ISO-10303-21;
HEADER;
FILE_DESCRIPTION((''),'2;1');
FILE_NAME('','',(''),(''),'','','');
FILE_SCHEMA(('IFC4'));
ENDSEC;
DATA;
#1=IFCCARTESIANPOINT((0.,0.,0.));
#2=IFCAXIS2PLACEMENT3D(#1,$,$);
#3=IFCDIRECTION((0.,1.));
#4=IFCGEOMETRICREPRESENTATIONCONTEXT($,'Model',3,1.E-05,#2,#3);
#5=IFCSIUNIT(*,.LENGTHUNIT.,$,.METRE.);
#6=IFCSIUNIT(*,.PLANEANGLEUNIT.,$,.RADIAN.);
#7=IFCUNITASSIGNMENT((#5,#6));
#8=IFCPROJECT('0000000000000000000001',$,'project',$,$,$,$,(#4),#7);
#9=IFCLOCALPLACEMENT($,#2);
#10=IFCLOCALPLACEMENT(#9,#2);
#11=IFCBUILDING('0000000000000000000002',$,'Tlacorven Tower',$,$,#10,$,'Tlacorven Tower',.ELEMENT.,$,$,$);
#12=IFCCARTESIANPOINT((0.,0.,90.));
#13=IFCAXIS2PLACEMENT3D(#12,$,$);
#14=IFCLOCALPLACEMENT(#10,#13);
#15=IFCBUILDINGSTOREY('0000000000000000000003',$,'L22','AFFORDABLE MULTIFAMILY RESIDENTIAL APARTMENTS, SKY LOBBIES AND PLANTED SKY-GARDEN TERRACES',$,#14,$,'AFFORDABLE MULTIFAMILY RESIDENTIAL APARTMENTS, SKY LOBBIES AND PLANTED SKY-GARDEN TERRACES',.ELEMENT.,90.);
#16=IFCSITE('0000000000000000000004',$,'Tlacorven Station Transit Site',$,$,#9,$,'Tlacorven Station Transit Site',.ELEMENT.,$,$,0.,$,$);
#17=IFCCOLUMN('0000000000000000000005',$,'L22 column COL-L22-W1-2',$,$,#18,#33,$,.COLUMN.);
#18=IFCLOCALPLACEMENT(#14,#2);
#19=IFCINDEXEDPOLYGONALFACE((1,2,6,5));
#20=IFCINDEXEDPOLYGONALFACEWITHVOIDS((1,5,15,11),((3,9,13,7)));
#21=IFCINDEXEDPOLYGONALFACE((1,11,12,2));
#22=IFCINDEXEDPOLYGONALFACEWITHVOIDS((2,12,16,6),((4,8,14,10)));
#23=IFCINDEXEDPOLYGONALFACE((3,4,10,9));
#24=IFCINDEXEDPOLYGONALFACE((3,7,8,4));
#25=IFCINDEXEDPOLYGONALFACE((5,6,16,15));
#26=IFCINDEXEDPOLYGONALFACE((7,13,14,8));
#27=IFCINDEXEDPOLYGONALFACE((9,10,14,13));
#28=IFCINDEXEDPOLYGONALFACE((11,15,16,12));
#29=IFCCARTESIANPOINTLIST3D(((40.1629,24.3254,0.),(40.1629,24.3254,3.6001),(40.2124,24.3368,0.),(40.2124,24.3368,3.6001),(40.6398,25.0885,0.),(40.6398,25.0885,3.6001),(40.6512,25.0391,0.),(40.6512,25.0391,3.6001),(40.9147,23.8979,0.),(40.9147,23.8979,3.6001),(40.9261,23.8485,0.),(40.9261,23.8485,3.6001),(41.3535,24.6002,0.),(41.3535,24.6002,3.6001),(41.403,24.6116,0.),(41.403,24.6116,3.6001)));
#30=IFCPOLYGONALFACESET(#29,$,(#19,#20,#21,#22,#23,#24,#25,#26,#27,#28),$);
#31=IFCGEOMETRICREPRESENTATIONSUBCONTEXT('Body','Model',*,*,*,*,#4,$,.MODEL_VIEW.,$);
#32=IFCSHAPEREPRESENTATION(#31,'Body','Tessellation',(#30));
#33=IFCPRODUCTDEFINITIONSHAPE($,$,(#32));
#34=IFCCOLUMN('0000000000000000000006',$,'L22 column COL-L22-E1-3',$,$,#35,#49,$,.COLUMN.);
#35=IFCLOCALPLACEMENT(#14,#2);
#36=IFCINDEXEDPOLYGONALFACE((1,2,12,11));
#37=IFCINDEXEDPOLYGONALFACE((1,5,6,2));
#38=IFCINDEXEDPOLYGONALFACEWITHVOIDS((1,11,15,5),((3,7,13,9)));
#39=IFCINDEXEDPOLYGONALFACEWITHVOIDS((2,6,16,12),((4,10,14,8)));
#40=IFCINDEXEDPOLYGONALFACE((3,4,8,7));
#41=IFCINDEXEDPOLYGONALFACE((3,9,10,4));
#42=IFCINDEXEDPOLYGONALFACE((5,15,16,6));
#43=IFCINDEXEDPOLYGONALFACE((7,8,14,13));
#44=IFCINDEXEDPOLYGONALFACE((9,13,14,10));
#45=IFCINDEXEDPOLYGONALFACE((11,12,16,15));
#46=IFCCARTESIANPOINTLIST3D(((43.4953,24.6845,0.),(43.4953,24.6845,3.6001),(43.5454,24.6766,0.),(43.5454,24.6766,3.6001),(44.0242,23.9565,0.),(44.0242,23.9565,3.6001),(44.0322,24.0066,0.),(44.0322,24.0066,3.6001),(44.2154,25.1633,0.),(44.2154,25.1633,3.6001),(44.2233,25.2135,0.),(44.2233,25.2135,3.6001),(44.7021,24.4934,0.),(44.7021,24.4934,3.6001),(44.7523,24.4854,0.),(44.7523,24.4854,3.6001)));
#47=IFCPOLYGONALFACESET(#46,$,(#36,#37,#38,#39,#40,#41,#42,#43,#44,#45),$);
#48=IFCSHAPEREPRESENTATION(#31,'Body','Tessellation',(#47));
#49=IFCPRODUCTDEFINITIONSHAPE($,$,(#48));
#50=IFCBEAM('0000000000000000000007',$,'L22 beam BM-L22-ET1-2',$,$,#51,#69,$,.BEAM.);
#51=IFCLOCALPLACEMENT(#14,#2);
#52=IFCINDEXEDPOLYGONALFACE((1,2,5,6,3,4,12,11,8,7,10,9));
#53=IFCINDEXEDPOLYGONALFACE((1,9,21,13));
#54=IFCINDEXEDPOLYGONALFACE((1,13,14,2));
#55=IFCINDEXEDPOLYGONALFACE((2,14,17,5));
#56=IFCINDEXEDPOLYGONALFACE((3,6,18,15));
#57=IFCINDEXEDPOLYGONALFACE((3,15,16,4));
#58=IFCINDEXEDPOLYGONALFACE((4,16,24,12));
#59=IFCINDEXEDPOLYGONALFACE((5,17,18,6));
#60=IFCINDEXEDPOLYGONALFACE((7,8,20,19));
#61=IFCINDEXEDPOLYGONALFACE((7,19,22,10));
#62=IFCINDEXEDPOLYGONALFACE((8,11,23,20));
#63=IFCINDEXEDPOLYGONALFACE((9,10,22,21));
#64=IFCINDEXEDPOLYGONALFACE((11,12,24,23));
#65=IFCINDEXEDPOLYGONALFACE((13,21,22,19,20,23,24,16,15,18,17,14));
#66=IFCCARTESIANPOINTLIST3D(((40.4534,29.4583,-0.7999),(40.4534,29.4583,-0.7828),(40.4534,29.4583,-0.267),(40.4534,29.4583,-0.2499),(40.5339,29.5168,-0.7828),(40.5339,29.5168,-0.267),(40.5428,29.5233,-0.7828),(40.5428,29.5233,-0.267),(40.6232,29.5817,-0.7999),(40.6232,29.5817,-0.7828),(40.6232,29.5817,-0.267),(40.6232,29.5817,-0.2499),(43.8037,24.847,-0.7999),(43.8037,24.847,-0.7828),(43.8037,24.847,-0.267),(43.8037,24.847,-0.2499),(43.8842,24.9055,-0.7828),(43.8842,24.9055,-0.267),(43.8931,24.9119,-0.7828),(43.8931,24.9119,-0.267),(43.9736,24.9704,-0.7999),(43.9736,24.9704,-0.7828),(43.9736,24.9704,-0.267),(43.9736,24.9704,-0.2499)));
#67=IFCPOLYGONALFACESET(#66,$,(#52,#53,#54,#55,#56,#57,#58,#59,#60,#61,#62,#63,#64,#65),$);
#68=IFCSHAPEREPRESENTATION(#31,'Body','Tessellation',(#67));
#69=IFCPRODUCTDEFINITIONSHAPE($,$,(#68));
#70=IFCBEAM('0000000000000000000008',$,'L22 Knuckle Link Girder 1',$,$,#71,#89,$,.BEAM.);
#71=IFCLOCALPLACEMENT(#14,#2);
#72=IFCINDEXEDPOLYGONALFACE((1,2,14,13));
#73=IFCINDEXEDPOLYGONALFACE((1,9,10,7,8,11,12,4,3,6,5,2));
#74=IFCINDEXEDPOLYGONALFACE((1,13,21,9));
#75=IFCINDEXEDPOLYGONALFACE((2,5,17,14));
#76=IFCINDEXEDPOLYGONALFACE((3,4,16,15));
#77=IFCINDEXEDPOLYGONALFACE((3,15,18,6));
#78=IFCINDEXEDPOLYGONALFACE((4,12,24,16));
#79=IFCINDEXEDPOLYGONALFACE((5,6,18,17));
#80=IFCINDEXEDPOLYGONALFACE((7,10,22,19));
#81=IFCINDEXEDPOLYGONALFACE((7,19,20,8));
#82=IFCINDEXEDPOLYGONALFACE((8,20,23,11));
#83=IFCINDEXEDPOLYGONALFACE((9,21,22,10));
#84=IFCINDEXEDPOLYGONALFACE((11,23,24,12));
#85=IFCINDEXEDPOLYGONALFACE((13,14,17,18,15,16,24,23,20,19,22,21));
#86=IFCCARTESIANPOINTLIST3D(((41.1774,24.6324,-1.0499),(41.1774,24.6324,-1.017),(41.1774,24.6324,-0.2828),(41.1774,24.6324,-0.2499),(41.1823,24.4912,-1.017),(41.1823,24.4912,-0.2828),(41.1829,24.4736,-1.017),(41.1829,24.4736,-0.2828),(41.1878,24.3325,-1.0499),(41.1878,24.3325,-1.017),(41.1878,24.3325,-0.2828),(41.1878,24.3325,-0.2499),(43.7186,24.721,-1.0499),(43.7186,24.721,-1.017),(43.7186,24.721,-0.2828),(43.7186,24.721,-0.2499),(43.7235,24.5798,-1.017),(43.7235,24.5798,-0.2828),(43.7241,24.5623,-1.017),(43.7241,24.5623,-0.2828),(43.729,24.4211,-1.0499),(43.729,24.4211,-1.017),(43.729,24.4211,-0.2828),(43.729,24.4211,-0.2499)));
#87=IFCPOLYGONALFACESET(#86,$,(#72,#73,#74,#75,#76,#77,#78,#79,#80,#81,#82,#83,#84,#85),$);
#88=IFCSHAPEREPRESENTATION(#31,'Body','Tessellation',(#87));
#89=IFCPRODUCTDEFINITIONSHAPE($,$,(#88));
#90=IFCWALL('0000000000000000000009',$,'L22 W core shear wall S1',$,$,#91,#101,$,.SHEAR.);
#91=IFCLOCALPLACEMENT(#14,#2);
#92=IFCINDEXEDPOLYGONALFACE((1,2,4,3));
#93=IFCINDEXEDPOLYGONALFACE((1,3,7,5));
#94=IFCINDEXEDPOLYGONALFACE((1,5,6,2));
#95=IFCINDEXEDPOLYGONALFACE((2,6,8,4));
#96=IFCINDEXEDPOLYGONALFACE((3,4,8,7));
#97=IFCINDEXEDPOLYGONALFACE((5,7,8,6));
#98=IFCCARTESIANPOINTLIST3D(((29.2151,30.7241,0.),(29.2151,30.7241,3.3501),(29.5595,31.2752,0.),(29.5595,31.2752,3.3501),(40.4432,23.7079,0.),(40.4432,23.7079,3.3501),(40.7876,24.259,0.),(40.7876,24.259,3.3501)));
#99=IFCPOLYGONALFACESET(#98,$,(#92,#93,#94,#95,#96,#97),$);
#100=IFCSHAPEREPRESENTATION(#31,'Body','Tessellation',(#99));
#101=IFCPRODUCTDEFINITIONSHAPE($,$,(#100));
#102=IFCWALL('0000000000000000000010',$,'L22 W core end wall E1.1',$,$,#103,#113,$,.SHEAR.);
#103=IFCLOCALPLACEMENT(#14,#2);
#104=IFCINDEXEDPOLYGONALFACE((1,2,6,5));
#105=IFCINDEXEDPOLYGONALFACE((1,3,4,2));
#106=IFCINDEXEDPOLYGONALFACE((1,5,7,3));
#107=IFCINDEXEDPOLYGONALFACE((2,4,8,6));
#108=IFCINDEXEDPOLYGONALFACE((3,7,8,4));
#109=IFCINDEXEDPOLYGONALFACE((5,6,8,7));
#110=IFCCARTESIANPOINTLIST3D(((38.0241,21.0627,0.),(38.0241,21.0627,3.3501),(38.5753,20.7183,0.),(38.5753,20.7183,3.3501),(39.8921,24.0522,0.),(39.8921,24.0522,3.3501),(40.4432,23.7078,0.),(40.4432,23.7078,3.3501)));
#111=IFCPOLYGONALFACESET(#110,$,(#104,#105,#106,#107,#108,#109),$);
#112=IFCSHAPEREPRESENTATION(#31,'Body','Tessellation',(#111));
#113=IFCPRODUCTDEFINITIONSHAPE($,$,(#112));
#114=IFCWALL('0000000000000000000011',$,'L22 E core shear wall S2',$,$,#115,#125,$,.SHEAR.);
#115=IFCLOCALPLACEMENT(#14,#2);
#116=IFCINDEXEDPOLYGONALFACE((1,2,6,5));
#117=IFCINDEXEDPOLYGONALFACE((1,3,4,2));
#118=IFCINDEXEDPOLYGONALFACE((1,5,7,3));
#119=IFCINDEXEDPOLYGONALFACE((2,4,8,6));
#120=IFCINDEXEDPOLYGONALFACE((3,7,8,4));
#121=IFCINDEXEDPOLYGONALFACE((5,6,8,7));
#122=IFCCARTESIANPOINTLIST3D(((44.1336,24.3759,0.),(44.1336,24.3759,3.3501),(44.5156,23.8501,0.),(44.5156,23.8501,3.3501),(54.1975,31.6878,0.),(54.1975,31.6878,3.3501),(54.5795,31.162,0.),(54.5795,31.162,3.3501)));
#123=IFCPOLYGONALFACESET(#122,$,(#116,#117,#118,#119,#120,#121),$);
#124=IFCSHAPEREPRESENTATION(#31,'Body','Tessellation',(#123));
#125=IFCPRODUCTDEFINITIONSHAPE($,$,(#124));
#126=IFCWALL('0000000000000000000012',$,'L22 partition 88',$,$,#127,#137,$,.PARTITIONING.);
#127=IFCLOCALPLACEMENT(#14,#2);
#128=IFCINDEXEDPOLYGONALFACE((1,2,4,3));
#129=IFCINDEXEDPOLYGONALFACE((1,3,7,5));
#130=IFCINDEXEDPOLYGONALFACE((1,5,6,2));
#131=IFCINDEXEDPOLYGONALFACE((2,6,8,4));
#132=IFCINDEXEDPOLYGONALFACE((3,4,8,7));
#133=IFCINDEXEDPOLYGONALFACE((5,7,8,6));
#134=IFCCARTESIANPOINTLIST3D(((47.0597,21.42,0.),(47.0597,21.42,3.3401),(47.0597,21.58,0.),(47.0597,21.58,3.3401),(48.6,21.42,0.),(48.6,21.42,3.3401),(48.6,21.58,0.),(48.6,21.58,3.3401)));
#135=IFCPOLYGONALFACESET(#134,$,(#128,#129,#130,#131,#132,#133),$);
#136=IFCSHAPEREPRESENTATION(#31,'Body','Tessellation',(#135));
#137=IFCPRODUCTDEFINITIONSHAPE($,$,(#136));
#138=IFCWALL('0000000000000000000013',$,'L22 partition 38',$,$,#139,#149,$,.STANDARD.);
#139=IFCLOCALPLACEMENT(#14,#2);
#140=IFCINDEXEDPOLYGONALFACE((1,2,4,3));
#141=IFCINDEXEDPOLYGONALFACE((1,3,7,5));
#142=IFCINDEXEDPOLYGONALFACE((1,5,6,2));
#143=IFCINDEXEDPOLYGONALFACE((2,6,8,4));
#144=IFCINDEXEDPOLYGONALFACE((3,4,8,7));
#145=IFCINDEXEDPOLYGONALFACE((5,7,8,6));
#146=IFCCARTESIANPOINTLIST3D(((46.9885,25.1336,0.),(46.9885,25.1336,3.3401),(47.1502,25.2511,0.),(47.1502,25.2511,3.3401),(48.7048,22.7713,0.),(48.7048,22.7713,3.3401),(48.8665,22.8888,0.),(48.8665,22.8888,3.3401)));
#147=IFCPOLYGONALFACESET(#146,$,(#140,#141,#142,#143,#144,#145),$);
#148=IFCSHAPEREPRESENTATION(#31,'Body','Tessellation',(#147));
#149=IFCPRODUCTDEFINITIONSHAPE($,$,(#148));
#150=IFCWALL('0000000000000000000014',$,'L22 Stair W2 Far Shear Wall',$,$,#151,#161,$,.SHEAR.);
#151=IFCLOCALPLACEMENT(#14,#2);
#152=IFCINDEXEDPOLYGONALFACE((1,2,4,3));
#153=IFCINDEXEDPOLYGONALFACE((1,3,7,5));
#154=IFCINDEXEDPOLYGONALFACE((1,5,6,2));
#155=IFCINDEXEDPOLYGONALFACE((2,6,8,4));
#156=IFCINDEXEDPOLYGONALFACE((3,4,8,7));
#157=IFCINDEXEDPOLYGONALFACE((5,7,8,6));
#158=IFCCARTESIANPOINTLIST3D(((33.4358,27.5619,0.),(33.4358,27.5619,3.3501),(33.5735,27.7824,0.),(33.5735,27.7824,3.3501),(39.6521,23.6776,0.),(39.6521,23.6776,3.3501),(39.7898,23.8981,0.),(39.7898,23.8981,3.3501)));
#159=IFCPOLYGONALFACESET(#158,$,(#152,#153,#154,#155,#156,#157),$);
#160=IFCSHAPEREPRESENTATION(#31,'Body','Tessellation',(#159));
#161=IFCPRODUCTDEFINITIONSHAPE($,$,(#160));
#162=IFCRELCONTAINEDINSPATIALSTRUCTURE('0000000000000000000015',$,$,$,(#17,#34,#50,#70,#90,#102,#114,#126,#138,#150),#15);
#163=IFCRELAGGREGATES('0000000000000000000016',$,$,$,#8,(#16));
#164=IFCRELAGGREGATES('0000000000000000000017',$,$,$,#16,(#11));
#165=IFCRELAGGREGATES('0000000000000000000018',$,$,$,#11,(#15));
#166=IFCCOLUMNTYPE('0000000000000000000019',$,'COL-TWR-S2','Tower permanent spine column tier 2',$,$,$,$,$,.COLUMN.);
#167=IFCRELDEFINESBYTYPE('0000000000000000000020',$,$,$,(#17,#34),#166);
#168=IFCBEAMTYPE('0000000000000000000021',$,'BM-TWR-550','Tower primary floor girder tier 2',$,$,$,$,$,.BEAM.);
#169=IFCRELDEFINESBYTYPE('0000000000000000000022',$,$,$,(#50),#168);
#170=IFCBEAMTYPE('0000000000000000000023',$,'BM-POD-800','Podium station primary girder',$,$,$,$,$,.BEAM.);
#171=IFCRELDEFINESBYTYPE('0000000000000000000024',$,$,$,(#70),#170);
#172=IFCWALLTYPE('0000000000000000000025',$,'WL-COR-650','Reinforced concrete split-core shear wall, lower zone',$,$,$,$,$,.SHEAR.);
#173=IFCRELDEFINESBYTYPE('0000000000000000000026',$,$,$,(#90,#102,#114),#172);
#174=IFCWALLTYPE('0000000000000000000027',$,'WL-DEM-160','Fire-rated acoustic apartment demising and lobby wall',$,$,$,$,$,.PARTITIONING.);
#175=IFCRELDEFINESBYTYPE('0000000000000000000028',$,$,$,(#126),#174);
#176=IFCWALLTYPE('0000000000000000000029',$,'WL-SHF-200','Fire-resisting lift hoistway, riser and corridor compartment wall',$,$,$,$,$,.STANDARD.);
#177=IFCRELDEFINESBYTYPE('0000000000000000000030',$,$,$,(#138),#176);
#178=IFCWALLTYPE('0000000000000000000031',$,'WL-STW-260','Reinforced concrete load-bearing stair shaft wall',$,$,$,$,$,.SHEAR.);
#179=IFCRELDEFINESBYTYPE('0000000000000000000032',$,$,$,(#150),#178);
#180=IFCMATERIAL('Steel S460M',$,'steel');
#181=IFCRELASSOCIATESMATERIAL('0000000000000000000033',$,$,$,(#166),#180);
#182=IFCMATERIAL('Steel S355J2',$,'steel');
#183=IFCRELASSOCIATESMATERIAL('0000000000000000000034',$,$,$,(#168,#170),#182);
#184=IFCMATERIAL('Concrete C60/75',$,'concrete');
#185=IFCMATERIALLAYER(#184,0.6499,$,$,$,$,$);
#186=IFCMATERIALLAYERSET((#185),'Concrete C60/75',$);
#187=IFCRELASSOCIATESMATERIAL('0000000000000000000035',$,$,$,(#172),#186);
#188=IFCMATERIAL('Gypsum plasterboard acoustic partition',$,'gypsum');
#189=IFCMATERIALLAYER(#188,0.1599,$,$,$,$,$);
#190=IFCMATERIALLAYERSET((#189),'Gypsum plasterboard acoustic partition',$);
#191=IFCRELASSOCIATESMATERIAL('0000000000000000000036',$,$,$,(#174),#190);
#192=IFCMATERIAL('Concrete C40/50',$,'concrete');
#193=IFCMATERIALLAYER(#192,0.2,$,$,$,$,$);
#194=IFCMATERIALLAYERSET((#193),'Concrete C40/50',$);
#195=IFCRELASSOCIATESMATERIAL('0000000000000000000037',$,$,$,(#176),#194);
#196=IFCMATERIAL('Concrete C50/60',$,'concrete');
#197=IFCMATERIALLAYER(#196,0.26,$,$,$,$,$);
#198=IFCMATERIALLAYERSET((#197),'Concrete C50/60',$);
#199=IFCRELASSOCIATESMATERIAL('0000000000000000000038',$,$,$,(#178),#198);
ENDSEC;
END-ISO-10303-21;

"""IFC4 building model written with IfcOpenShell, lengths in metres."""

from ifc_helpers import new_model, si_unit, direction, frame, frame_2d, origin, origin_2d, place, context, subcontext, project, spatial, rectangle, hollow_rectangle, i_section, extrude, source, transform, mapped, material, layer, layer_set, material_profile, profile_set, type_object, element, save


model = new_model("IFC4")

# Units and contexts
model_context = context("Model", 3, precision=1e-05, world=origin(), true_north=direction((0.0, 1.0)))
body_context = subcontext(model_context, "Body", "Model", "MODEL_VIEW")
ifc_project = project(units=[si_unit("LENGTHUNIT", "METRE"), si_unit("PLANEANGLEUNIT", "RADIAN")], contexts=[model_context])

# Site, building, storey
site_placement = place(None, origin())
site = spatial("IfcSite", under=ifc_project, at=site_placement, Name="Tlacorven Station Transit Site", LongName="Tlacorven Station Transit Site", CompositionType="ELEMENT", RefElevation=0.0)
building_placement = place(site_placement, origin())
building = spatial("IfcBuilding", under=site, at=building_placement, Name="Tlacorven Tower", LongName="Tlacorven Tower", CompositionType="ELEMENT")
storey_placement = place(building_placement, frame((0.0, 0.0, 90.0)))
storey = spatial("IfcBuildingStorey", under=building, at=storey_placement, Name="L22", Description="AFFORDABLE MULTIFAMILY RESIDENTIAL APARTMENTS, SKY LOBBIES AND PLANTED SKY-GARDEN TERRACES", LongName="AFFORDABLE MULTIFAMILY RESIDENTIAL APARTMENTS, SKY LOBBIES AND PLANTED SKY-GARDEN TERRACES", CompositionType="ELEMENT", Elevation=90.0)

# Columns
ifc_material_1 = material(Name="Steel S460M", Category="steel")
ifc_material_profile_1 = material_profile(ifc_material_1, hollow_rectangle(XDim=0.8999, YDim=0.8999, WallThickness=0.0359, at=origin_2d()), Name="BOX 900X900X36")
ifc_profile_set_1 = profile_set([ifc_material_profile_1], Name="Steel S460M")
column_type = type_object("IfcColumnType", Name="COL-TWR-S2", Description="Tower permanent spine column tier 2", PredefinedType="COLUMN", material=ifc_profile_set_1)
shared_shape_1 = source(origin(), body_context, "Body", "SweptSolid", [
    extrude(hollow_rectangle(XDim=0.8999, YDim=0.8999, WallThickness=0.0359, at=origin_2d()), origin(), (0.0, 0.0, 1.0), 3.6001),
])
for number, where, z_axis, x_axis, name in (
    (1, (40.783, 24.4685, 0.0), (0.0, 0.0, 1.0), (-0.848048, 0.529919, 0.0), "L22 column COL-L22-W1-2"),
    (2, (44.1238, 24.585, 0.0), (0.0, 0.0, 1.0), (0.809017, 0.587785, 0.0), "L22 column COL-L22-E1-3"),
):
    element("IfcColumn", number, at=place(storey_placement, frame(where, z_axis=z_axis, x_axis=x_axis)), inside=storey, type_object=column_type, Name=name, PredefinedType="COLUMN", context=body_context, shape_type="MappedRepresentation", body=[
        mapped(shared_shape_1, transform((0.0, 0.0, 0.0), scale=1.0)),
    ])

# Beams
ifc_material_2 = material(Name="Steel S355J2", Category="steel")
ifc_material_profile_2 = material_profile(ifc_material_2, i_section(OverallWidth=0.21, OverallDepth=0.55, WebThickness=0.011, FlangeThickness=0.0171, at=origin_2d()), Name="IPE 550")
ifc_profile_set_2 = profile_set([ifc_material_profile_2], Name="Steel S355J2")
beam_type_1 = type_object("IfcBeamType", Name="BM-TWR-550", Description="Tower primary floor girder tier 2", PredefinedType="BEAM", material=ifc_profile_set_2)
shared_shape_2 = source(origin(), body_context, "Body", "SweptSolid", [
    extrude(i_section(OverallWidth=0.21, OverallDepth=0.55, WebThickness=0.011, FlangeThickness=0.0171, at=origin_2d()), origin(), (0.0, 0.0, 1.0), 5.7),
])
beam_1_placement = place(storey_placement, frame((43.8887, 24.9087, -0.5249), z_axis=(-0.587787, 0.809016, 0.0), x_axis=(-0.809016, -0.587787, 0.0)))
element("IfcBeam", 3, at=beam_1_placement, inside=storey, type_object=beam_type_1, Name="L22 beam BM-L22-ET1-2", PredefinedType="BEAM", context=body_context, shape_type="MappedRepresentation", body=[
    mapped(shared_shape_2, transform((0.0, 0.0, 0.0), scale=1.0)),
])
ifc_material_profile_3 = material_profile(ifc_material_2, i_section(OverallWidth=0.3, OverallDepth=0.8, WebThickness=0.0176, FlangeThickness=0.033, at=origin_2d()), Name="HEB 800")
ifc_profile_set_3 = profile_set([ifc_material_profile_3], Name="Steel S355J2")
beam_type_2 = type_object("IfcBeamType", Name="BM-POD-800", Description="Podium station primary girder", PredefinedType="BEAM", material=ifc_profile_set_3)
shared_shape_3 = source(origin(), body_context, "Body", "SweptSolid", [
    extrude(i_section(OverallWidth=0.3, OverallDepth=0.8, WebThickness=0.0176, FlangeThickness=0.033, at=origin_2d()), origin(), (0.0, 0.0, 1.0), 2.5427),
])
beam_2_placement = place(storey_placement, frame((41.1826, 24.4824, -0.6499), z_axis=(0.999392, 0.034852, 0.0), x_axis=(-0.034852, 0.999392, 0.0)))
element("IfcBeam", 4, at=beam_2_placement, inside=storey, type_object=beam_type_2, Name="L22 Knuckle Link Girder 1", PredefinedType="BEAM", context=body_context, shape_type="MappedRepresentation", body=[
    mapped(shared_shape_3, transform((0.0, 0.0, 0.0), scale=1.0)),
])

# Walls
ifc_material_3 = material(Name="Concrete C60/75", Category="concrete")
ifc_layer_1 = layer(ifc_material_3, 0.6499)
ifc_layer_set_1 = layer_set([ifc_layer_1], Name="Concrete C60/75")
wall_type_1 = type_object("IfcWallType", Name="WL-COR-650", Description="Reinforced concrete split-core shear wall, lower zone", PredefinedType="SHEAR", material=ifc_layer_set_1)
wall_1_placement = place(storey_placement, frame((40.6155, 23.9834, 0.0), z_axis=(0.0, 0.0, 1.0), x_axis=(-0.848046, 0.529923, 0.0)))
element("IfcWall", 5, at=wall_1_placement, inside=storey, type_object=wall_type_1, Name="L22 W core shear wall S1", PredefinedType="SHEAR", context=body_context, shape_type="SweptSolid", body=[
    extrude(rectangle(XDim=13.24, YDim=0.6499, at=frame_2d((6.6201, 0.0))), origin(), (0.0, 0.0, 1.0), 3.3501),
])
wall_2_placement = place(storey_placement, frame((40.1677, 23.8801, 0.0), z_axis=(0.0, 0.0, 1.0), x_axis=(-0.529893, -0.848064, 0.0)))
element("IfcWall", 6, at=wall_2_placement, inside=storey, type_object=wall_type_1, Name="L22 W core end wall E1.1", PredefinedType="SHEAR", context=body_context, shape_type="SweptSolid", body=[
    extrude(rectangle(XDim=3.5251, YDim=0.6499, at=frame_2d((1.7627, 0.0))), origin(), (0.0, 0.0, 1.0), 3.3501),
])
wall_3_placement = place(storey_placement, frame((44.3247, 24.113, 0.0), z_axis=(0.0, 0.0, 1.0), x_axis=(0.809013, 0.587791, 0.0)))
element("IfcWall", 7, at=wall_3_placement, inside=storey, type_object=wall_type_1, Name="L22 E core shear wall S2", PredefinedType="SHEAR", context=body_context, shape_type="SweptSolid", body=[
    extrude(rectangle(XDim=12.4397, YDim=0.6499, at=frame_2d((6.2197, 0.0))), origin(), (0.0, 0.0, 1.0), 3.3501),
])
ifc_material_4 = material(Name="Gypsum plasterboard acoustic partition", Category="gypsum")
ifc_layer_2 = layer(ifc_material_4, 0.1599)
ifc_layer_set_2 = layer_set([ifc_layer_2], Name="Gypsum plasterboard acoustic partition")
wall_type_2 = type_object("IfcWallType", Name="WL-DEM-160", Description="Fire-rated acoustic apartment demising and lobby wall", PredefinedType="PARTITIONING", material=ifc_layer_set_2)
wall_4_placement = place(storey_placement, frame((47.0598, 21.5, 0.0), z_axis=(0.0, 0.0, 1.0), x_axis=(1.0, 0.0, 0.0)))
element("IfcWall", 8, at=wall_4_placement, inside=storey, type_object=wall_type_2, Name="L22 partition 88", PredefinedType="PARTITIONING", context=body_context, shape_type="SweptSolid", body=[
    extrude(rectangle(XDim=1.5403, YDim=0.1599, at=frame_2d((0.77, 0.0))), origin(), (0.0, 0.0, 1.0), 3.3401),
])
ifc_material_5 = material(Name="Concrete C40/50", Category="concrete")
ifc_layer_3 = layer(ifc_material_5, 0.2)
ifc_layer_set_3 = layer_set([ifc_layer_3], Name="Concrete C40/50")
wall_type_3 = type_object("IfcWallType", Name="WL-SHF-200", Description="Fire-resisting lift hoistway, riser and corridor compartment wall", PredefinedType="STANDARD", material=ifc_layer_set_3)
wall_5_placement = place(storey_placement, frame((48.7856, 22.8301, 0.0), z_axis=(0.0, 0.0, 1.0), x_axis=(-0.587784, 0.809018, 0.0)))
element("IfcWall", 9, at=wall_5_placement, inside=storey, type_object=wall_type_3, Name="L22 partition 38", PredefinedType="STANDARD", context=body_context, shape_type="SweptSolid", body=[
    extrude(rectangle(XDim=2.9199, YDim=0.2, at=frame_2d((1.46, 0.0))), origin(), (0.0, 0.0, 1.0), 3.3401),
])
ifc_material_6 = material(Name="Concrete C50/60", Category="concrete")
ifc_layer_4 = layer(ifc_material_6, 0.26)
ifc_layer_set_4 = layer_set([ifc_layer_4], Name="Concrete C50/60")
wall_type_4 = type_object("IfcWallType", Name="WL-STW-260", Description="Reinforced concrete load-bearing stair shaft wall", PredefinedType="SHEAR", material=ifc_layer_set_4)
wall_6_placement = place(storey_placement, frame((39.7209, 23.7878, 0.0), z_axis=(0.0, 0.0, 1.0), x_axis=(-0.848054, 0.529909, 0.0)))
element("IfcWall", 10, at=wall_6_placement, inside=storey, type_object=wall_type_4, Name="L22 Stair W2 Far Shear Wall", PredefinedType="SHEAR", context=body_context, shape_type="SweptSolid", body=[
    extrude(rectangle(XDim=7.3301, YDim=0.26, at=frame_2d((3.665, 0.0))), origin(), (0.0, 0.0, 1.0), 3.3501),
])

save(model, "model.ifc")
